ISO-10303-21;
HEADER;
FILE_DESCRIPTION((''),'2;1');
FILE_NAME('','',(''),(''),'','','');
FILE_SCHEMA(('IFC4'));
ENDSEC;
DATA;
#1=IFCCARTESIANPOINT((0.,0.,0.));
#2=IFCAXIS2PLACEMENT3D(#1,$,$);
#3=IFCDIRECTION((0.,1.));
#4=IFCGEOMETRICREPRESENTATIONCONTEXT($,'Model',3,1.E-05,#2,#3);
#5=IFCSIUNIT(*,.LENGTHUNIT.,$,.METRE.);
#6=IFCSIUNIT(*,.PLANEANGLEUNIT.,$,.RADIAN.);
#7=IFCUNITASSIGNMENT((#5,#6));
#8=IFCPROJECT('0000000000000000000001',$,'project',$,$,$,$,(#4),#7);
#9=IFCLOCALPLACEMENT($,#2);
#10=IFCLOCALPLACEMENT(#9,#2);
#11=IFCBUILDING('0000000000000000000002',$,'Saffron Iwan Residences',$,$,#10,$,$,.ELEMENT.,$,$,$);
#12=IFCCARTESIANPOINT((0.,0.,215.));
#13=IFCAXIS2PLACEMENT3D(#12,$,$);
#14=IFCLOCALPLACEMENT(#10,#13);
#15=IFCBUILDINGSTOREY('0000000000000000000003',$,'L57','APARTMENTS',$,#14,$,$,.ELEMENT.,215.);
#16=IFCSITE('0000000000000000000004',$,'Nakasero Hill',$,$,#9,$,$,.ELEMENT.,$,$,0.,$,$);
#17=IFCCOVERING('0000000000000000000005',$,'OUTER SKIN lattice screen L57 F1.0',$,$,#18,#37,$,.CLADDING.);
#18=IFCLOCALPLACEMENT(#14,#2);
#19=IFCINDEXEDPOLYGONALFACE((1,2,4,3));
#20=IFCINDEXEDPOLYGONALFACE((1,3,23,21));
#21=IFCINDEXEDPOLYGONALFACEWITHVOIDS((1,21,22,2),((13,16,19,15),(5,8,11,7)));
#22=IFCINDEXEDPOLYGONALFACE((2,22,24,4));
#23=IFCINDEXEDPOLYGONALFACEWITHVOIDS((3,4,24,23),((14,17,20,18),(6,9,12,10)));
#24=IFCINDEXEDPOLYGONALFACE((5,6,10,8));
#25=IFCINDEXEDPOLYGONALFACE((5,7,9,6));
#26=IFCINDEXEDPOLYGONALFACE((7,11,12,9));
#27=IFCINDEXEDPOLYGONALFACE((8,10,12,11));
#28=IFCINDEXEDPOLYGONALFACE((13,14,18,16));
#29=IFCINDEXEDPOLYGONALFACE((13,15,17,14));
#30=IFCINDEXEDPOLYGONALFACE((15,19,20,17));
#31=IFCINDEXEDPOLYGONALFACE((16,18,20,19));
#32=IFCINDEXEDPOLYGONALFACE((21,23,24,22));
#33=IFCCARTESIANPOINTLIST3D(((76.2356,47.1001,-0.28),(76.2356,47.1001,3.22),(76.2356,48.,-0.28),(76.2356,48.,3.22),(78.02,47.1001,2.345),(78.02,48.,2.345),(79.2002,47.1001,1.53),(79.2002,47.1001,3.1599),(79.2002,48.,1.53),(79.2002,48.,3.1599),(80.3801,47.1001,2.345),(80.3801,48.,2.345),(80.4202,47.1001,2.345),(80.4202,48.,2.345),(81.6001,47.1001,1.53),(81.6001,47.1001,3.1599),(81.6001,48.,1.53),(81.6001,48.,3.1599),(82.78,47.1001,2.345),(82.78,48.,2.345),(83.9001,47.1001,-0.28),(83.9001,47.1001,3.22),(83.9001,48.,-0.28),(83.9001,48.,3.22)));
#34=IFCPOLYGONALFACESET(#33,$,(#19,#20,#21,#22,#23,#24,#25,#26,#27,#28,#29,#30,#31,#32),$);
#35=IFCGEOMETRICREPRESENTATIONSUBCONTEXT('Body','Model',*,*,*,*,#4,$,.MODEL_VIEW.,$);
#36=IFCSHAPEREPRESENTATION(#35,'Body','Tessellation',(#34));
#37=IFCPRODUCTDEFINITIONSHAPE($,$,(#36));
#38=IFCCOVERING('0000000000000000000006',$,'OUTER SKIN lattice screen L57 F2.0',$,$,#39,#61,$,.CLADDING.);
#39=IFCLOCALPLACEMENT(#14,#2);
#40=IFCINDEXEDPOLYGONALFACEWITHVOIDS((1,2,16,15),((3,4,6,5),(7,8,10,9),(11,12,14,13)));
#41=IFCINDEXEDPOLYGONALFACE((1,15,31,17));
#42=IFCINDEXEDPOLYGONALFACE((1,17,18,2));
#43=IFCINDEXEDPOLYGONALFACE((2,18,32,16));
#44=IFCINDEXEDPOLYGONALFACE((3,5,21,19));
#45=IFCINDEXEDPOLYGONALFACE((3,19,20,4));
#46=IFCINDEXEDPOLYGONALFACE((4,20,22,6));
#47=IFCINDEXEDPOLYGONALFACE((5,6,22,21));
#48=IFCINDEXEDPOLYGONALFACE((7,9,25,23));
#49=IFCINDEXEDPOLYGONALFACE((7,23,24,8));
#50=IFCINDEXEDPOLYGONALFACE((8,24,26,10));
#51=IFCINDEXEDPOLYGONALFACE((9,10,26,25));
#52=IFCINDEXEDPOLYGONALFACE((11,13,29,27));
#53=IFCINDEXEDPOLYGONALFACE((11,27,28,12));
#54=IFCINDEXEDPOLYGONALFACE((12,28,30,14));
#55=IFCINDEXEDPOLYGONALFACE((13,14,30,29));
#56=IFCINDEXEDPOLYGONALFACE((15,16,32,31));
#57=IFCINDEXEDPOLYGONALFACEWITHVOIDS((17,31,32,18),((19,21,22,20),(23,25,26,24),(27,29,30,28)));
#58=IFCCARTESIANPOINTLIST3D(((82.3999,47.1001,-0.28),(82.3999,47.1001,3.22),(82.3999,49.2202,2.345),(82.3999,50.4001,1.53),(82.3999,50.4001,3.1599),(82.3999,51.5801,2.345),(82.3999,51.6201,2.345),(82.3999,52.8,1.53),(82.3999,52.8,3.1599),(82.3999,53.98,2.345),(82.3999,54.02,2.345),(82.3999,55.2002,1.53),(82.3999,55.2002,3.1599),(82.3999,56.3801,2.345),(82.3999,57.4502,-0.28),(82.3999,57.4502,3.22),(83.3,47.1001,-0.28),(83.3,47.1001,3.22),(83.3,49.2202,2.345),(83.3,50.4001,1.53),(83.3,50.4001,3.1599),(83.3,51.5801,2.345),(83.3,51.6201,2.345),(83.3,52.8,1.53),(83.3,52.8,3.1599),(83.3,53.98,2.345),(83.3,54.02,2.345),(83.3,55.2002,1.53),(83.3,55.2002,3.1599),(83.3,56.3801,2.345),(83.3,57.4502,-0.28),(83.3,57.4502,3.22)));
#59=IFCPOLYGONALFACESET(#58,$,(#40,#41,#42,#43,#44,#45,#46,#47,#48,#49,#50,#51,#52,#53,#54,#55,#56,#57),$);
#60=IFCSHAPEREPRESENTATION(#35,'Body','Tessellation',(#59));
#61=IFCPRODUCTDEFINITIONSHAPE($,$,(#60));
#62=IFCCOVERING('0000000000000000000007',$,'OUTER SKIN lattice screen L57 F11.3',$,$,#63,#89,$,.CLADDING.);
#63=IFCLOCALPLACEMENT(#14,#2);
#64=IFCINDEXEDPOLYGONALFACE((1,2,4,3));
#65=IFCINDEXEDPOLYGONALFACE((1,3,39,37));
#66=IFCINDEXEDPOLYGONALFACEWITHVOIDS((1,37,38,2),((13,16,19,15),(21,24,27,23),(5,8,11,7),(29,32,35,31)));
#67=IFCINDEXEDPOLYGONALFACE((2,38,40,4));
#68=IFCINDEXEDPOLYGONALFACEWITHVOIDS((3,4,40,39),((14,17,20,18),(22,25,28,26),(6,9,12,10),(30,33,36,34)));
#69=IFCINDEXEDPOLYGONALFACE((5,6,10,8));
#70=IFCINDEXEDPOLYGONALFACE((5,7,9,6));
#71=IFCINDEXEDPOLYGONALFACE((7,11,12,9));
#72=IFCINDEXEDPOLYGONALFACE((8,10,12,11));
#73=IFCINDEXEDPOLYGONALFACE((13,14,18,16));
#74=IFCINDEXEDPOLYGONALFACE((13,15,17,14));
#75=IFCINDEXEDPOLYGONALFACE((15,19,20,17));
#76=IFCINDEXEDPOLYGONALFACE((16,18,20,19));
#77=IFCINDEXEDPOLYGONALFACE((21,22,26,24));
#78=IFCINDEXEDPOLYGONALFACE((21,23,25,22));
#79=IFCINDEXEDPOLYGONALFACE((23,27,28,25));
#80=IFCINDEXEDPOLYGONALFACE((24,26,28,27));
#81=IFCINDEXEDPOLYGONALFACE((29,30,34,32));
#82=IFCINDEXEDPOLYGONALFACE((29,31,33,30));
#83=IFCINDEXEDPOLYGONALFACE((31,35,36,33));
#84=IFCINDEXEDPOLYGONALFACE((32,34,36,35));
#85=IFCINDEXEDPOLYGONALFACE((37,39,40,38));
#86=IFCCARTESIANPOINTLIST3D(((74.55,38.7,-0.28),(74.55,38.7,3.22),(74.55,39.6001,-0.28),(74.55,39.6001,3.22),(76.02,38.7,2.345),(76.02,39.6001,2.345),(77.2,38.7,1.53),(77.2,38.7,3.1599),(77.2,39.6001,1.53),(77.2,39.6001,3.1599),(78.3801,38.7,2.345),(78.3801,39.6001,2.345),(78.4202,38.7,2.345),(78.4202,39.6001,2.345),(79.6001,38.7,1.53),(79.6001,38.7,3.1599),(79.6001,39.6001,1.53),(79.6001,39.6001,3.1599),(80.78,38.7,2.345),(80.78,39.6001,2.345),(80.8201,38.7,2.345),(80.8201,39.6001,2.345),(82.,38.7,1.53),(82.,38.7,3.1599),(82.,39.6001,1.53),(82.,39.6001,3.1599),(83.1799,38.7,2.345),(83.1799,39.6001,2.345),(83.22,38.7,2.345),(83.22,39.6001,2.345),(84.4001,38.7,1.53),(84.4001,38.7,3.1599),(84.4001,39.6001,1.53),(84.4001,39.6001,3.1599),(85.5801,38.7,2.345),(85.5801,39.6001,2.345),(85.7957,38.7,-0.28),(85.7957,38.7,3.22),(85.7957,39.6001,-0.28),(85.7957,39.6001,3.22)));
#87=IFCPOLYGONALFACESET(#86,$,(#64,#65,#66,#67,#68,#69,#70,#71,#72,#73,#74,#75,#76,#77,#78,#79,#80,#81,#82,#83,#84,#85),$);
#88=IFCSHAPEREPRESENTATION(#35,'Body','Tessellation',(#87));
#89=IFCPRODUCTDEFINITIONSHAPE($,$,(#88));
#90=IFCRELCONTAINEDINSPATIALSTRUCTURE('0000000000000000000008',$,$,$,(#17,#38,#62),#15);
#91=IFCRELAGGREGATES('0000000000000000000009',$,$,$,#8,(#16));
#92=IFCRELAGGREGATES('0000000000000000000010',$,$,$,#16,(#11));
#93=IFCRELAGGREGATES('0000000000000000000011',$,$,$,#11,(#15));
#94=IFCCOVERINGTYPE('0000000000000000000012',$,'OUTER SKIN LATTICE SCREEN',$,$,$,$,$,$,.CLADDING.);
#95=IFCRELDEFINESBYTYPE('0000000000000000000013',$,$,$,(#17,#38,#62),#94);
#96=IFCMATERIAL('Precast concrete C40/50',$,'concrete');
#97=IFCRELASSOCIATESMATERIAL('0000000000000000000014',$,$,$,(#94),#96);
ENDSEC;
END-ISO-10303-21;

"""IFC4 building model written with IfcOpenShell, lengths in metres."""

from ifc_helpers import new_model, si_unit, direction, frame, origin, place, context, subcontext, project, spatial, polyline, outline, extrude, material, type_object, element, save


model = new_model("IFC4")

# Units and contexts
model_context = context("Model", 3, precision=1e-05, world=origin(), true_north=direction((0.0, 1.0)))
body_context = subcontext(model_context, "Body", "Model", "MODEL_VIEW")
ifc_project = project(units=[si_unit("LENGTHUNIT", "METRE"), si_unit("PLANEANGLEUNIT", "RADIAN")], contexts=[model_context])

# Site, building, storey
site_placement = place(None, origin())
site = spatial("IfcSite", under=ifc_project, at=site_placement, Name="Nakasero Hill", CompositionType="ELEMENT", RefElevation=0.0)
building_placement = place(site_placement, origin())
building = spatial("IfcBuilding", under=site, at=building_placement, Name="Saffron Iwan Residences", CompositionType="ELEMENT")
storey_placement = place(building_placement, frame((0.0, 0.0, 215.0)))
storey = spatial("IfcBuildingStorey", under=building, at=storey_placement, Name="L57", Description="APARTMENTS", CompositionType="ELEMENT", Elevation=215.0)

# Coverings
ifc_material_1 = material(Name="Precast concrete C40/50", Category="concrete")
covering_type = type_object("IfcCoveringType", Name="OUTER SKIN LATTICE SCREEN", PredefinedType="CLADDING", material=ifc_material_1)
covering_1_placement = place(storey_placement, frame((76.2356, 48.0, -0.28), z_axis=(0.0, -1.0, 0.0), x_axis=(1.0, 0.0, 0.0)))
element("IfcCovering", 1, at=covering_1_placement, inside=storey, type_object=covering_type, Name="OUTER SKIN lattice screen L57 F1.0", PredefinedType="CLADDING", context=body_context, shape_type="SweptSolid", body=[
    extrude(outline(polyline([(0.0, 0.0), (7.6646, 0.0), (7.6646, 3.5), (0.0, 3.5), (0.0, 0.0)]), holes=[polyline([(1.7844, 2.625), (2.9646, 1.8101), (4.1445, 2.625), (2.9646, 3.4399), (1.7844, 2.625)]), polyline([(4.1846, 2.625), (5.3645, 1.8101), (6.5444, 2.625), (5.3645, 3.4399), (4.1846, 2.625)])]), origin(), (0.0, 0.0, 1.0), 0.8999),
])
covering_2_placement = place(storey_placement, frame((82.3999, 47.1001, -0.28), z_axis=(1.0, 0.0, 0.0), x_axis=(0.0, 1.0, 0.0)))
element("IfcCovering", 2, at=covering_2_placement, inside=storey, type_object=covering_type, Name="OUTER SKIN lattice screen L57 F2.0", PredefinedType="CLADDING", context=body_context, shape_type="SweptSolid", body=[
    extrude(outline(polyline([(0.0, 0.0), (10.3501, 0.0), (10.3501, 3.5), (0.0, 3.5), (0.0, 0.0)]), holes=[polyline([(2.1201, 2.625), (3.3, 1.8101), (4.48, 2.625), (3.3, 3.4399), (2.1201, 2.625)]), polyline([(4.52, 2.625), (5.7, 1.8101), (6.8799, 2.625), (5.7, 3.4399), (4.52, 2.625)]), polyline([(6.9199, 2.625), (8.1001, 1.8101), (9.28, 2.625), (8.1001, 3.4399), (6.9199, 2.625)])]), origin(), (0.0, 0.0, 1.0), 0.9001),
])
covering_3_placement = place(storey_placement, frame((74.55, 39.6001, -0.28), z_axis=(0.0, -1.0, 0.0), x_axis=(1.0, 0.0, 0.0)))
element("IfcCovering", 3, at=covering_3_placement, inside=storey, type_object=covering_type, Name="OUTER SKIN lattice screen L57 F11.3", PredefinedType="CLADDING", context=body_context, shape_type="SweptSolid", body=[
    extrude(outline(polyline([(0.0, 0.0), (11.2456, 0.0), (11.2456, 3.5), (0.0, 3.5), (0.0, 0.0)]), holes=[polyline([(1.47, 2.625), (2.6499, 1.8101), (3.8301, 2.625), (2.6499, 3.4399), (1.47, 2.625)]), polyline([(3.8701, 2.625), (5.05, 1.8101), (6.23, 2.625), (5.05, 3.4399), (3.8701, 2.625)]), polyline([(6.27, 2.625), (7.45, 1.8101), (8.6299, 2.625), (7.45, 3.4399), (6.27, 2.625)]), polyline([(8.6699, 2.625), (9.8501, 1.8101), (11.03, 2.625), (9.8501, 3.4399), (8.6699, 2.625)])]), origin(), (0.0, 0.0, 1.0), 0.9001),
])

save(model, "model.ifc")
